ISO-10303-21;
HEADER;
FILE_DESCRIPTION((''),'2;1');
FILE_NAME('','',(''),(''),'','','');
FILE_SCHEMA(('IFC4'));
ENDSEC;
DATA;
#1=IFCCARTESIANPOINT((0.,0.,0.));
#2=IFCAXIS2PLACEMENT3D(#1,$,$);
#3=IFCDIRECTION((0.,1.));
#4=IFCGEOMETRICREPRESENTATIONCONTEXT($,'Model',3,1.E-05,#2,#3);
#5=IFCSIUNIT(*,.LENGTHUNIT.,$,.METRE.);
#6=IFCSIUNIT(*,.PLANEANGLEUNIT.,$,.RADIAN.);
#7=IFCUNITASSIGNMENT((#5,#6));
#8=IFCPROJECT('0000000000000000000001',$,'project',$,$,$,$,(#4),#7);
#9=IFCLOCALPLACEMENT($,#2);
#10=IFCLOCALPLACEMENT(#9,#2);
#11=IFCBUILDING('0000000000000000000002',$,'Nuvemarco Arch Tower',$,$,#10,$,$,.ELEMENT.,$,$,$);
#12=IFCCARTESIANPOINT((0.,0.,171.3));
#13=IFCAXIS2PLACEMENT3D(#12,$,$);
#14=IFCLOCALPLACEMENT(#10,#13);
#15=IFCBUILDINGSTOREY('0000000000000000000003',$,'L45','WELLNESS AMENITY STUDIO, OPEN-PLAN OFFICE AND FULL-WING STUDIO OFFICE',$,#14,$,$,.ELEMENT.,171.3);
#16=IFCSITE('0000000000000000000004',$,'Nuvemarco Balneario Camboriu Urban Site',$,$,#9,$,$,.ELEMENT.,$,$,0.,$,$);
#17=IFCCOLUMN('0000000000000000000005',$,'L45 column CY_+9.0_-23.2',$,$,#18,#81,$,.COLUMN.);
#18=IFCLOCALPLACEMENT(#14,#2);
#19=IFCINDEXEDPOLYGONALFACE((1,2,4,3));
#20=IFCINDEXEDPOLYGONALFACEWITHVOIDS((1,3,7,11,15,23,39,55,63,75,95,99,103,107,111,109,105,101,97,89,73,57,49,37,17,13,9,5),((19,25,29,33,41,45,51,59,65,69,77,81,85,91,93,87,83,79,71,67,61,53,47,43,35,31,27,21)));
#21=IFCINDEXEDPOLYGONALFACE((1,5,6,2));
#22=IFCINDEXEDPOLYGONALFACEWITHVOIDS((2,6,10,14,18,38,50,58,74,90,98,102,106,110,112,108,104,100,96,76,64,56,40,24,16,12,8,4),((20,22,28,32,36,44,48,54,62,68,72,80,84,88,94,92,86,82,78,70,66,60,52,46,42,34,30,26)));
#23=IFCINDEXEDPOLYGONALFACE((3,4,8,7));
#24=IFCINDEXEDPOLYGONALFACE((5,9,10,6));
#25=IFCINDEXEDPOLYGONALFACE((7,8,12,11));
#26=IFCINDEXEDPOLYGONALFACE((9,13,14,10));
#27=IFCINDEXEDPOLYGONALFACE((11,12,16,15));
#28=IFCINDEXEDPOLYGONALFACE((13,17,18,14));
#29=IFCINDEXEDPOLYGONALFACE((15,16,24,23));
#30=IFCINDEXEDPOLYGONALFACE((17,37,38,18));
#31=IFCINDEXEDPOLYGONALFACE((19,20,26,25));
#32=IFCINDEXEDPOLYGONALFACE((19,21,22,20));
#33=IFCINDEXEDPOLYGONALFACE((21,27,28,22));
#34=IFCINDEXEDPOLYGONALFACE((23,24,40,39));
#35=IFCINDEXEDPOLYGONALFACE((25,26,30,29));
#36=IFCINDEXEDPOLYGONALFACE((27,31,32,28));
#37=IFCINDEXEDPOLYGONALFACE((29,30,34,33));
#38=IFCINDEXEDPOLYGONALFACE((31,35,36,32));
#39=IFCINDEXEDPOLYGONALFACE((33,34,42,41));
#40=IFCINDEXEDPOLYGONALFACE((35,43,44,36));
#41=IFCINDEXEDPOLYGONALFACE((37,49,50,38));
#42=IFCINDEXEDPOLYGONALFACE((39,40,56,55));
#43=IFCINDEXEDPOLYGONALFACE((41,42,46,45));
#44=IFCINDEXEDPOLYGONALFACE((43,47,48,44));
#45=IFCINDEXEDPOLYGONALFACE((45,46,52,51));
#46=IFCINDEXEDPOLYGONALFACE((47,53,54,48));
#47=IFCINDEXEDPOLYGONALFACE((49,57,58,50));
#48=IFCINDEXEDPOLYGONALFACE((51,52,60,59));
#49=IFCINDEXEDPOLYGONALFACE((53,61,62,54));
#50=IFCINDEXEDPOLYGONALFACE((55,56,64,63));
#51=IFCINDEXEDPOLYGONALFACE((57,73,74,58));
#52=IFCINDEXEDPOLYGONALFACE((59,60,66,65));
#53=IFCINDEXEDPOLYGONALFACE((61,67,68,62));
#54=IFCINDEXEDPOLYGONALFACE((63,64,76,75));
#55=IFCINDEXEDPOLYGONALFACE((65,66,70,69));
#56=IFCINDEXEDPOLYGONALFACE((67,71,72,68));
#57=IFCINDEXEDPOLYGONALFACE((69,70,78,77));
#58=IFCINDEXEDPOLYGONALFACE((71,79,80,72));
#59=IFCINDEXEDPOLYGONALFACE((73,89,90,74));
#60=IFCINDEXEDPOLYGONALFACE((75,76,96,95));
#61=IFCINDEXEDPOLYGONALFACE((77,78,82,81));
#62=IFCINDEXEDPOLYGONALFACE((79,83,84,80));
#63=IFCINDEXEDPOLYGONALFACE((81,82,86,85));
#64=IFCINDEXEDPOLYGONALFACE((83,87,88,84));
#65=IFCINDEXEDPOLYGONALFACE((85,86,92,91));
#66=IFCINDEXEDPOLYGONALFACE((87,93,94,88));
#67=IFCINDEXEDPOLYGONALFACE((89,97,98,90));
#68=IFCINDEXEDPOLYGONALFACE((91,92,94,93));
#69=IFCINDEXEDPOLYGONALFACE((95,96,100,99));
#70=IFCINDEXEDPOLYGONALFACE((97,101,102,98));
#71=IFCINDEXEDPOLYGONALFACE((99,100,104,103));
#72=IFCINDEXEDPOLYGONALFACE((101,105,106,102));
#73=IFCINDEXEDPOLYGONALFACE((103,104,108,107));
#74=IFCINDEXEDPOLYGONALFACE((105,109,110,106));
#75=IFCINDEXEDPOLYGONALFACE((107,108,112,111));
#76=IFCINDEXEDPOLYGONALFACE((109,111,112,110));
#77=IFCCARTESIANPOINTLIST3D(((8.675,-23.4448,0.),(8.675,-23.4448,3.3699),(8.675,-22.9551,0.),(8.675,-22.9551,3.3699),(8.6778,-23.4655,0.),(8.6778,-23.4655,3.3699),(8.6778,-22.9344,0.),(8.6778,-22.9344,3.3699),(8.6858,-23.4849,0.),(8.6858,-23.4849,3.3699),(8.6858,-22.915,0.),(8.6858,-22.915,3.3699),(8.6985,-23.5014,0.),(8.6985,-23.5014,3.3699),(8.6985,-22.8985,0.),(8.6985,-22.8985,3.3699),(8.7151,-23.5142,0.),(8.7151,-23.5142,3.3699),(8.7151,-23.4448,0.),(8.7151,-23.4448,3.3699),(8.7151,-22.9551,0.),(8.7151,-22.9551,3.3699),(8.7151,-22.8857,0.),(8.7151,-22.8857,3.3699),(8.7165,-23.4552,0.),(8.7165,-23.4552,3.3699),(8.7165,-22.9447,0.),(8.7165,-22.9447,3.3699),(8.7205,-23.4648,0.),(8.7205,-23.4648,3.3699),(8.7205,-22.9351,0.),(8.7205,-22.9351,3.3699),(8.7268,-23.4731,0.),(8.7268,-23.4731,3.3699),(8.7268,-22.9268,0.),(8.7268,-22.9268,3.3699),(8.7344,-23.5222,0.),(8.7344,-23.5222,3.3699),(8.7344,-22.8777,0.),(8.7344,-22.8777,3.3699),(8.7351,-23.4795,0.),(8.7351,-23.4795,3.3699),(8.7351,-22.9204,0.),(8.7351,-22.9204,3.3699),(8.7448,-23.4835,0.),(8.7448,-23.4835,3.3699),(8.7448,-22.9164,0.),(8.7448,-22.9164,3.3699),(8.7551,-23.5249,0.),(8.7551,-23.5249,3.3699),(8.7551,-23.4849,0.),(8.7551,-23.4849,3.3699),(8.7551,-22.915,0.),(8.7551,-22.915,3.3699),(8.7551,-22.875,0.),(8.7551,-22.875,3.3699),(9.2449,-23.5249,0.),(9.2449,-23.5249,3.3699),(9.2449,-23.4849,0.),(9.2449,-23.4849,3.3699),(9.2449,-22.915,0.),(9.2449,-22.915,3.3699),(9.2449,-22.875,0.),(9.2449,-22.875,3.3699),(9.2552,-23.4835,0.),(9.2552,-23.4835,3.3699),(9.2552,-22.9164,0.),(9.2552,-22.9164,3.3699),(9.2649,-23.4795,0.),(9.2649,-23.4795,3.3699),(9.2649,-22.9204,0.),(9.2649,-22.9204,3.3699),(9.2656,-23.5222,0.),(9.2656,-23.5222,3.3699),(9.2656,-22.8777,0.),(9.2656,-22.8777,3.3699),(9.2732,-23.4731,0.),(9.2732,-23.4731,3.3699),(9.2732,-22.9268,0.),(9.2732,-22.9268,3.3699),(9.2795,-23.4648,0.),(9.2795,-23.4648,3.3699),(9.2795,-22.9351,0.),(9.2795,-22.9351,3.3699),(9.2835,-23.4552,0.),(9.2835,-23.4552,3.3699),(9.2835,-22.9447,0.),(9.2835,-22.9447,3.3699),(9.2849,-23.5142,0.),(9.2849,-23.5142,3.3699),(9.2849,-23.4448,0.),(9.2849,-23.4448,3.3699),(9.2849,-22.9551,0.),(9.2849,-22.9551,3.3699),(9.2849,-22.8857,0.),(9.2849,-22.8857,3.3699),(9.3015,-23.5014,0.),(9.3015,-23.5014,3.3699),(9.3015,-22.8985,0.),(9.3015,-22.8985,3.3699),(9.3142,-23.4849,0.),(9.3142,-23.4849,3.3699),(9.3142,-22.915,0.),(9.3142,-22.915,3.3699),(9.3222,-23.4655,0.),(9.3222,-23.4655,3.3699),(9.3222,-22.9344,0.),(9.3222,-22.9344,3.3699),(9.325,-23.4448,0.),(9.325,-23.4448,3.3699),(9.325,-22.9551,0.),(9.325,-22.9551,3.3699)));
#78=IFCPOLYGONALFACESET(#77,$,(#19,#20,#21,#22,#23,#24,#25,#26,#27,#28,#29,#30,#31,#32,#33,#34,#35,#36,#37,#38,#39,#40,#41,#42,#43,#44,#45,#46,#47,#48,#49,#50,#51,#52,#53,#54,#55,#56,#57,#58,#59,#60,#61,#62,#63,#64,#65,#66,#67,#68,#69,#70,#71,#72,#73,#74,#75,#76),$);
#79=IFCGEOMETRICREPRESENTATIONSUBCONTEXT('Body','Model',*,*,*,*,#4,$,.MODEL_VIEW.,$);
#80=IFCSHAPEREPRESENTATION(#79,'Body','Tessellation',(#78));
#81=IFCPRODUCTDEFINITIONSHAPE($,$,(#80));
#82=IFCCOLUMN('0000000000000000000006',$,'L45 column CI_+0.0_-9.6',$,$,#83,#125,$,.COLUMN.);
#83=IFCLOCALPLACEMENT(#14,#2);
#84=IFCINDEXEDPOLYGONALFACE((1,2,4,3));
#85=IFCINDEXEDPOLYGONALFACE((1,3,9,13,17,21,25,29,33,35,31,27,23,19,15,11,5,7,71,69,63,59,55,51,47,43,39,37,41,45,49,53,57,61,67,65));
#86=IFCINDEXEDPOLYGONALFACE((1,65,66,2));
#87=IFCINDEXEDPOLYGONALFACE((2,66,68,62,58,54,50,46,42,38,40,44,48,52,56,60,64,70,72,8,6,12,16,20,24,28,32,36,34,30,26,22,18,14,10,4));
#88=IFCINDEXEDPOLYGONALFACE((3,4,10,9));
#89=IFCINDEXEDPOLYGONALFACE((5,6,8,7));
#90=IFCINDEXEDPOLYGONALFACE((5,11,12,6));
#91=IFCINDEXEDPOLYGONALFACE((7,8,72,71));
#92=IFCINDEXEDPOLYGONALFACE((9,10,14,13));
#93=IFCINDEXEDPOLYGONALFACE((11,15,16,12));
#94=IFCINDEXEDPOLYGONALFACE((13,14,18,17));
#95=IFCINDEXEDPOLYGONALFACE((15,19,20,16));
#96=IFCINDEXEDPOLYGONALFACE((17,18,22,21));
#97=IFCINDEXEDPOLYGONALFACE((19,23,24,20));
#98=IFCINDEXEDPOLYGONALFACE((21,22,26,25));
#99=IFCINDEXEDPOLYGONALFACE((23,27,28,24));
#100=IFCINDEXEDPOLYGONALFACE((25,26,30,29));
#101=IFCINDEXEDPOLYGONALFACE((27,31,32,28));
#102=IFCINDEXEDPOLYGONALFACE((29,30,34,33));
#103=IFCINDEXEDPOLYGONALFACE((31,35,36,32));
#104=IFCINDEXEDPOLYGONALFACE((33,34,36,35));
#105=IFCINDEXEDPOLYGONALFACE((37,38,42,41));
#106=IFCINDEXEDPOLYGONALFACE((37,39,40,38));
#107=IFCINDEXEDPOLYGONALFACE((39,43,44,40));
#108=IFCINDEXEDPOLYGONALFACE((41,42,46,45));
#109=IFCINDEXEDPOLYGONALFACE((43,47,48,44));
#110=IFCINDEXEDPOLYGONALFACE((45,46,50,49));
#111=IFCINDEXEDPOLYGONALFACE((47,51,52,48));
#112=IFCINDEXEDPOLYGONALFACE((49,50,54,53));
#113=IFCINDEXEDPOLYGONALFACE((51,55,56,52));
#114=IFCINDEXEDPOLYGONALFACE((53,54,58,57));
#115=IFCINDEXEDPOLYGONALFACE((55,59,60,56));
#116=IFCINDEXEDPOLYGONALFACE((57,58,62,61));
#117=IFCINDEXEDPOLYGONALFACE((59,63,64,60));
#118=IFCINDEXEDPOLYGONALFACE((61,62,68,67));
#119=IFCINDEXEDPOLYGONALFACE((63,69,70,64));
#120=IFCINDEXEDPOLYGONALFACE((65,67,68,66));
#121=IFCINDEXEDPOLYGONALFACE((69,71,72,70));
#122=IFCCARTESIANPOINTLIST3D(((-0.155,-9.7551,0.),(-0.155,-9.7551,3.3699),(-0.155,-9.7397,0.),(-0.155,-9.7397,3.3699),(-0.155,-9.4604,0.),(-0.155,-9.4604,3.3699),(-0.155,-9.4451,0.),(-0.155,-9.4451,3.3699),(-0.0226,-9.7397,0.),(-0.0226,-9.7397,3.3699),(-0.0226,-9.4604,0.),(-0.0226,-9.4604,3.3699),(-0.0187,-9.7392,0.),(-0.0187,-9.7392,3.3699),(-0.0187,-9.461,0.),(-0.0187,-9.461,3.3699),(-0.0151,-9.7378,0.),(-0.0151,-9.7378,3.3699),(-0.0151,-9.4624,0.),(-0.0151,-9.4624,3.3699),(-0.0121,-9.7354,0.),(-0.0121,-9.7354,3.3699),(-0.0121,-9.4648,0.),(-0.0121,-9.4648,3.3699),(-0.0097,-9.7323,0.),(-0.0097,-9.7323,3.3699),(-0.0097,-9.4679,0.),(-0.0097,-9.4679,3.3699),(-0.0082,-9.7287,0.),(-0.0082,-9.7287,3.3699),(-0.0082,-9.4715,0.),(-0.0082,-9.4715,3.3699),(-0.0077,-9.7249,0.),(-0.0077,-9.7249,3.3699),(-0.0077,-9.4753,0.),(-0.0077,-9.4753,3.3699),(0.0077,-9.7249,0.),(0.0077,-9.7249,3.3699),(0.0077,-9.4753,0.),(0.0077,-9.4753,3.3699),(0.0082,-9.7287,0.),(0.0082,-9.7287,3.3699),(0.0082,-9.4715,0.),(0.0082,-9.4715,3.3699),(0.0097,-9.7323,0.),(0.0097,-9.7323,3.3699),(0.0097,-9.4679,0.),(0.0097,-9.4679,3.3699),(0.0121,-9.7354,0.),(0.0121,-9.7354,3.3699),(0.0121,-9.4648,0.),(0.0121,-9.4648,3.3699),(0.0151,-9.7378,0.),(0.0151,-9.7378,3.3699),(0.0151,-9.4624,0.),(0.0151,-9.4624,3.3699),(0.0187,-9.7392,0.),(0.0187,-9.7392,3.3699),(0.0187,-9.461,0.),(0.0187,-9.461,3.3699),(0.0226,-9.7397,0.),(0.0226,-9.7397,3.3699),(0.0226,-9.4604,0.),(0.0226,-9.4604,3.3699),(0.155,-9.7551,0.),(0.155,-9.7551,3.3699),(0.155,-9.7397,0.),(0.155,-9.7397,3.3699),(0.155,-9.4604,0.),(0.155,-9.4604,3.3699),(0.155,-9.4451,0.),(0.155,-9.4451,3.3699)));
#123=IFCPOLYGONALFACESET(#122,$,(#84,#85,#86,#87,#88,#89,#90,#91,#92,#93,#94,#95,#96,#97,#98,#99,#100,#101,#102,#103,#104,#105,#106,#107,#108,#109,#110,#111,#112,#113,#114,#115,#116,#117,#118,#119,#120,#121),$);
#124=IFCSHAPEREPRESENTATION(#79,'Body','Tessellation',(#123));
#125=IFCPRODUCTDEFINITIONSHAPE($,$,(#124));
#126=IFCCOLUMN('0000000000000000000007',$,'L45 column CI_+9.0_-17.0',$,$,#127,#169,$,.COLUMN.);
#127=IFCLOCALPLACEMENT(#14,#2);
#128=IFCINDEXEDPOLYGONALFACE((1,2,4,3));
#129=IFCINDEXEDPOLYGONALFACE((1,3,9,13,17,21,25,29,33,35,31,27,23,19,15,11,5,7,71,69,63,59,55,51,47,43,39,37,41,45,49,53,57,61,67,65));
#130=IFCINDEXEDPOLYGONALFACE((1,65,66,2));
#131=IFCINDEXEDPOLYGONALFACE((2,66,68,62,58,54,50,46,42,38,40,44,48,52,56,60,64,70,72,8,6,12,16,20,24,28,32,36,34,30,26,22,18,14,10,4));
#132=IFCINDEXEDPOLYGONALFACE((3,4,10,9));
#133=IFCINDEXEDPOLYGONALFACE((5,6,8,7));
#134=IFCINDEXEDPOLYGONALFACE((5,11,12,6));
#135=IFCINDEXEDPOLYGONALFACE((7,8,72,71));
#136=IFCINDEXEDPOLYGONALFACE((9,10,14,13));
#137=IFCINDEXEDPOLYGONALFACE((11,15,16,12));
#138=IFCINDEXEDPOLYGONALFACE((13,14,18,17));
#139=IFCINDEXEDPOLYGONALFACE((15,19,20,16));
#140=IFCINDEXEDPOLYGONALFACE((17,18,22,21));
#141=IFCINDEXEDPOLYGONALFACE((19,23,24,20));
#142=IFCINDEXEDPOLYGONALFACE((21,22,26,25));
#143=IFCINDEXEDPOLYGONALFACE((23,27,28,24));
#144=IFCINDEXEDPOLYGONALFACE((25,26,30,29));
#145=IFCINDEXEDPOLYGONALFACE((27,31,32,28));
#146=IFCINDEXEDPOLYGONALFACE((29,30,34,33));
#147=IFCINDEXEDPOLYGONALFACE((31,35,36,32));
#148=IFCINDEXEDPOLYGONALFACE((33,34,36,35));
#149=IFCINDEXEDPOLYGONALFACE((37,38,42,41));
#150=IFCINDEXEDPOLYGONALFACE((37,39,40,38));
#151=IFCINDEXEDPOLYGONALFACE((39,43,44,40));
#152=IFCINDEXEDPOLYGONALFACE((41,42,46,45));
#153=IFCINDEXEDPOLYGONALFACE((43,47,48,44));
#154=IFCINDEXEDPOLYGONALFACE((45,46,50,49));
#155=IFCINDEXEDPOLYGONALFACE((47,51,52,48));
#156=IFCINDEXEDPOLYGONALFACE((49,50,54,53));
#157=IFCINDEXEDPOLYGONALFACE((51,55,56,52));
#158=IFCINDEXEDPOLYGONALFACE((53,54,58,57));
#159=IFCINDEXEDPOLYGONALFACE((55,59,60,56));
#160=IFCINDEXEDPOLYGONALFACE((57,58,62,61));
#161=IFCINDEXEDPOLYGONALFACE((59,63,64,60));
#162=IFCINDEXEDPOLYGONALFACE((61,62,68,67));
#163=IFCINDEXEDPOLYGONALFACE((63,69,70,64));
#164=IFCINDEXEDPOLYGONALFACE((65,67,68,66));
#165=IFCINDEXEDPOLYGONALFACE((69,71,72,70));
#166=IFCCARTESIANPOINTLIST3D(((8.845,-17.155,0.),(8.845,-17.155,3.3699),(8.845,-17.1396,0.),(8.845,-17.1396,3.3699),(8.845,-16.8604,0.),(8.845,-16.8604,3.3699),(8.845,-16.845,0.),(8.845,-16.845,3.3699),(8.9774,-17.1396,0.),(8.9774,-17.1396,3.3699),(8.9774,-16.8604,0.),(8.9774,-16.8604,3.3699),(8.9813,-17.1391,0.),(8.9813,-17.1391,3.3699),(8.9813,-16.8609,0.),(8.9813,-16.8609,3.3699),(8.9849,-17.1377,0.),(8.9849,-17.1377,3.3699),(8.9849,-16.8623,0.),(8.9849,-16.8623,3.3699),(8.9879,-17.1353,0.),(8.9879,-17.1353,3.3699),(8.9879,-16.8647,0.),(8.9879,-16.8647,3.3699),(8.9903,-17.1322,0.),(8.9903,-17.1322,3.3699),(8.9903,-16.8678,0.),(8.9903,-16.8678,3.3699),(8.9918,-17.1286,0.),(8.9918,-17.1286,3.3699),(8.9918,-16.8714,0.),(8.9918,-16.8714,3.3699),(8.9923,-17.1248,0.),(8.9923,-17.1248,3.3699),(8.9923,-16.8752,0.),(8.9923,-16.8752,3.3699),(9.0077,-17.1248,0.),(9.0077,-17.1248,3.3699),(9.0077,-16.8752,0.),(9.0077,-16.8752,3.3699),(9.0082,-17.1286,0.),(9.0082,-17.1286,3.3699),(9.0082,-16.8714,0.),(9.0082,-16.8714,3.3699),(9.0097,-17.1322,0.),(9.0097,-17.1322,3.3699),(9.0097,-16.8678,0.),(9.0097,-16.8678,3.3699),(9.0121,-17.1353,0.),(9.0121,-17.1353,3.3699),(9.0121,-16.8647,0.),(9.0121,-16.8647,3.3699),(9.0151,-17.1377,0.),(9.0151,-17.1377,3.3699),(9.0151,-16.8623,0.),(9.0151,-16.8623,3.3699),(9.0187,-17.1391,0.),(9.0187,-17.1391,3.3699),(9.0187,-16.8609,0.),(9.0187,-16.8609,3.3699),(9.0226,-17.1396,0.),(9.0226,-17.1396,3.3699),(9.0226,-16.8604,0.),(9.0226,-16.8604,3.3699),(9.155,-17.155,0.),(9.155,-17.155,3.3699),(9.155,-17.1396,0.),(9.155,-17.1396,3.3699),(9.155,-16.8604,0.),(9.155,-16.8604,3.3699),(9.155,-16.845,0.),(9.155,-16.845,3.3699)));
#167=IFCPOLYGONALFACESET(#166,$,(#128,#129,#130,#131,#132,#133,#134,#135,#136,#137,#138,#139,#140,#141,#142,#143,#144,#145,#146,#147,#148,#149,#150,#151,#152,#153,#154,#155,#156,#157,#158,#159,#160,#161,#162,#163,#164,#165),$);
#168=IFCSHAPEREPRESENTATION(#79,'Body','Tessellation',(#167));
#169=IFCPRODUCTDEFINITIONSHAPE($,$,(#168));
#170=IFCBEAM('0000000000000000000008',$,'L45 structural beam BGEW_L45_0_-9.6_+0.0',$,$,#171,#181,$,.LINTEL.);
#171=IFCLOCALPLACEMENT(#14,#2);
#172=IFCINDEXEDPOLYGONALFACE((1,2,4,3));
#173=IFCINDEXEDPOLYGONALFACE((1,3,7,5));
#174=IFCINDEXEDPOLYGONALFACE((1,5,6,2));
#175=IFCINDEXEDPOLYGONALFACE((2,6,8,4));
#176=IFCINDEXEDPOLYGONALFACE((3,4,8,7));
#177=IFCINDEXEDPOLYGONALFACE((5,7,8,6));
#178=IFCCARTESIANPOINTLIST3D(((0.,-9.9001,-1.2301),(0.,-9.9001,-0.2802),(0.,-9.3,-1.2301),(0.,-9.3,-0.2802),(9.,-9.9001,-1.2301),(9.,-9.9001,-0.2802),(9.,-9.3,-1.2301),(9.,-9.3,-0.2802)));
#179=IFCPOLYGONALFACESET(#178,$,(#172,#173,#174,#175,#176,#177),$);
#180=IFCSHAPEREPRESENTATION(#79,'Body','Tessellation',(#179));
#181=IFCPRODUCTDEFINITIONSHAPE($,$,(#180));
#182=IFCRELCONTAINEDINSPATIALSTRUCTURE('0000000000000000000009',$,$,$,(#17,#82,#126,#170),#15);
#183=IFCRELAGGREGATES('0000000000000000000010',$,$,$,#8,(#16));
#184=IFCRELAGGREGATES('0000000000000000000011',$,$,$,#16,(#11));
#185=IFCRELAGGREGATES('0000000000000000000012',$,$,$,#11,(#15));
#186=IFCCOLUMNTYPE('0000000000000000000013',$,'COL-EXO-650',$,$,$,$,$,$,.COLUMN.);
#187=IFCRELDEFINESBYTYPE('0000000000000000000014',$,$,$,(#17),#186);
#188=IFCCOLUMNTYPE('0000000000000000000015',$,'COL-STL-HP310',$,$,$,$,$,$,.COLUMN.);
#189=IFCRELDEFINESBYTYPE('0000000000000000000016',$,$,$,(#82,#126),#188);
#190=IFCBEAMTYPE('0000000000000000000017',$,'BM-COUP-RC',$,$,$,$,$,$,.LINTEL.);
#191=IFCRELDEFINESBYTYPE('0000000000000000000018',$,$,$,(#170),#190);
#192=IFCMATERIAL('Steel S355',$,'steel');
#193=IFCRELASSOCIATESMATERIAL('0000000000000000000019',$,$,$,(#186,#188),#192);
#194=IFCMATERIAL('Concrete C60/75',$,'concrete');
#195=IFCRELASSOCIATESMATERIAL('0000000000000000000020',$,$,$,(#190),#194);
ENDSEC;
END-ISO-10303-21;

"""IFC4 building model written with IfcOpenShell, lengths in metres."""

from ifc_helpers import new_model, si_unit, direction, frame, origin, origin_2d, place, context, subcontext, project, spatial, rectangle, hollow_rectangle, i_section, extrude, material, material_profile, profile_set, type_object, element, save


model = new_model("IFC4")

# Units and contexts
model_context = context("Model", 3, precision=1e-05, world=origin(), true_north=direction((0.0, 1.0)))
body_context = subcontext(model_context, "Body", "Model", "MODEL_VIEW")
ifc_project = project(units=[si_unit("LENGTHUNIT", "METRE"), si_unit("PLANEANGLEUNIT", "RADIAN")], contexts=[model_context])

# Site, building, storey
site_placement = place(None, origin())
site = spatial("IfcSite", under=ifc_project, at=site_placement, Name="Nuvemarco Balneario Camboriu Urban Site", CompositionType="ELEMENT", RefElevation=0.0)
building_placement = place(site_placement, origin())
building = spatial("IfcBuilding", under=site, at=building_placement, Name="Nuvemarco Arch Tower", CompositionType="ELEMENT")
storey_placement = place(building_placement, frame((0.0, 0.0, 171.3)))
storey = spatial("IfcBuildingStorey", under=building, at=storey_placement, Name="L45", Description="WELLNESS AMENITY STUDIO, OPEN-PLAN OFFICE AND FULL-WING STUDIO OFFICE", CompositionType="ELEMENT", Elevation=171.3)

# Columns
ifc_material_1 = material(Name="Steel S355", Category="steel")
ifc_material_profile_1 = material_profile(ifc_material_1, hollow_rectangle(XDim=0.6499, YDim=0.6499, WallThickness=0.04, InnerFilletRadius=0.04, OuterFilletRadius=0.0801, at=origin_2d()), Name="SHS650x650x40")
ifc_profile_set_1 = profile_set([ifc_material_profile_1], Name="Steel S355")
column_type_1 = type_object("IfcColumnType", Name="COL-EXO-650", PredefinedType="COLUMN", material=ifc_profile_set_1)
column_placement = place(storey_placement, frame((9.0, -23.2, 0.0), z_axis=(0.0, 0.0, 1.0), x_axis=(1.0, 0.0, 0.0)))
element("IfcColumn", 1, at=column_placement, inside=storey, type_object=column_type_1, Name="L45 column CY_+9.0_-23.2", PredefinedType="COLUMN", context=body_context, shape_type="SweptSolid", body=[
    extrude(hollow_rectangle(XDim=0.6499, YDim=0.6499, WallThickness=0.04, InnerFilletRadius=0.04, OuterFilletRadius=0.0801, at=origin_2d()), origin(), (0.0, 0.0, 1.0), 3.3699),
])
ifc_material_profile_2 = material_profile(ifc_material_1, i_section(OverallWidth=0.3101, OverallDepth=0.3101, WebThickness=0.0154, FlangeThickness=0.0154, FilletRadius=0.0149, at=origin_2d()), Name="HP310x110")
ifc_profile_set_2 = profile_set([ifc_material_profile_2], Name="Steel S355")
column_type_2 = type_object("IfcColumnType", Name="COL-STL-HP310", PredefinedType="COLUMN", material=ifc_profile_set_2)
for number, where, z_axis, x_axis, name in (
    (2, (0.0, -9.6001, 0.0), (0.0, 0.0, 1.0), (1.0, 0.0, 0.0), "L45 column CI_+0.0_-9.6"),
    (3, (9.0, -17.0, 0.0), (0.0, 0.0, 1.0), (1.0, 0.0, 0.0), "L45 column CI_+9.0_-17.0"),
):
    element("IfcColumn", number, at=place(storey_placement, frame(where, z_axis=z_axis, x_axis=x_axis)), inside=storey, type_object=column_type_2, Name=name, PredefinedType="COLUMN", context=body_context, shape_type="SweptSolid", body=[
        extrude(i_section(OverallWidth=0.3101, OverallDepth=0.3101, WebThickness=0.0154, FlangeThickness=0.0154, FilletRadius=0.0149, at=origin_2d()), origin(), (0.0, 0.0, 1.0), 3.3699),
    ])

# Beam
ifc_material_2 = material(Name="Concrete C60/75", Category="concrete")
ifc_material_profile_3 = material_profile(ifc_material_2, rectangle(XDim=0.6001, YDim=0.95, at=origin_2d()), Name="RC-BM-600x950")
ifc_profile_set_3 = profile_set([ifc_material_profile_3], Name="Concrete C60/75")
beam_type_1 = type_object("IfcBeamType", Name="BM-COUP-RC", PredefinedType="LINTEL", material=ifc_profile_set_3)
beam_1_placement = place(storey_placement, frame((0.0, -9.6001, -0.7551), z_axis=(1.0, 0.0, 0.0), x_axis=(0.0, 1.0, 0.0)))
element("IfcBeam", 4, at=beam_1_placement, inside=storey, type_object=beam_type_1, Name="L45 structural beam BGEW_L45_0_-9.6_+0.0", PredefinedType="LINTEL", context=body_context, shape_type="SweptSolid", body=[
    extrude(rectangle(XDim=0.6001, YDim=0.95, at=origin_2d()), origin(), (0.0, 0.0, 1.0), 9.0),
])

save(model, "model.ifc")
